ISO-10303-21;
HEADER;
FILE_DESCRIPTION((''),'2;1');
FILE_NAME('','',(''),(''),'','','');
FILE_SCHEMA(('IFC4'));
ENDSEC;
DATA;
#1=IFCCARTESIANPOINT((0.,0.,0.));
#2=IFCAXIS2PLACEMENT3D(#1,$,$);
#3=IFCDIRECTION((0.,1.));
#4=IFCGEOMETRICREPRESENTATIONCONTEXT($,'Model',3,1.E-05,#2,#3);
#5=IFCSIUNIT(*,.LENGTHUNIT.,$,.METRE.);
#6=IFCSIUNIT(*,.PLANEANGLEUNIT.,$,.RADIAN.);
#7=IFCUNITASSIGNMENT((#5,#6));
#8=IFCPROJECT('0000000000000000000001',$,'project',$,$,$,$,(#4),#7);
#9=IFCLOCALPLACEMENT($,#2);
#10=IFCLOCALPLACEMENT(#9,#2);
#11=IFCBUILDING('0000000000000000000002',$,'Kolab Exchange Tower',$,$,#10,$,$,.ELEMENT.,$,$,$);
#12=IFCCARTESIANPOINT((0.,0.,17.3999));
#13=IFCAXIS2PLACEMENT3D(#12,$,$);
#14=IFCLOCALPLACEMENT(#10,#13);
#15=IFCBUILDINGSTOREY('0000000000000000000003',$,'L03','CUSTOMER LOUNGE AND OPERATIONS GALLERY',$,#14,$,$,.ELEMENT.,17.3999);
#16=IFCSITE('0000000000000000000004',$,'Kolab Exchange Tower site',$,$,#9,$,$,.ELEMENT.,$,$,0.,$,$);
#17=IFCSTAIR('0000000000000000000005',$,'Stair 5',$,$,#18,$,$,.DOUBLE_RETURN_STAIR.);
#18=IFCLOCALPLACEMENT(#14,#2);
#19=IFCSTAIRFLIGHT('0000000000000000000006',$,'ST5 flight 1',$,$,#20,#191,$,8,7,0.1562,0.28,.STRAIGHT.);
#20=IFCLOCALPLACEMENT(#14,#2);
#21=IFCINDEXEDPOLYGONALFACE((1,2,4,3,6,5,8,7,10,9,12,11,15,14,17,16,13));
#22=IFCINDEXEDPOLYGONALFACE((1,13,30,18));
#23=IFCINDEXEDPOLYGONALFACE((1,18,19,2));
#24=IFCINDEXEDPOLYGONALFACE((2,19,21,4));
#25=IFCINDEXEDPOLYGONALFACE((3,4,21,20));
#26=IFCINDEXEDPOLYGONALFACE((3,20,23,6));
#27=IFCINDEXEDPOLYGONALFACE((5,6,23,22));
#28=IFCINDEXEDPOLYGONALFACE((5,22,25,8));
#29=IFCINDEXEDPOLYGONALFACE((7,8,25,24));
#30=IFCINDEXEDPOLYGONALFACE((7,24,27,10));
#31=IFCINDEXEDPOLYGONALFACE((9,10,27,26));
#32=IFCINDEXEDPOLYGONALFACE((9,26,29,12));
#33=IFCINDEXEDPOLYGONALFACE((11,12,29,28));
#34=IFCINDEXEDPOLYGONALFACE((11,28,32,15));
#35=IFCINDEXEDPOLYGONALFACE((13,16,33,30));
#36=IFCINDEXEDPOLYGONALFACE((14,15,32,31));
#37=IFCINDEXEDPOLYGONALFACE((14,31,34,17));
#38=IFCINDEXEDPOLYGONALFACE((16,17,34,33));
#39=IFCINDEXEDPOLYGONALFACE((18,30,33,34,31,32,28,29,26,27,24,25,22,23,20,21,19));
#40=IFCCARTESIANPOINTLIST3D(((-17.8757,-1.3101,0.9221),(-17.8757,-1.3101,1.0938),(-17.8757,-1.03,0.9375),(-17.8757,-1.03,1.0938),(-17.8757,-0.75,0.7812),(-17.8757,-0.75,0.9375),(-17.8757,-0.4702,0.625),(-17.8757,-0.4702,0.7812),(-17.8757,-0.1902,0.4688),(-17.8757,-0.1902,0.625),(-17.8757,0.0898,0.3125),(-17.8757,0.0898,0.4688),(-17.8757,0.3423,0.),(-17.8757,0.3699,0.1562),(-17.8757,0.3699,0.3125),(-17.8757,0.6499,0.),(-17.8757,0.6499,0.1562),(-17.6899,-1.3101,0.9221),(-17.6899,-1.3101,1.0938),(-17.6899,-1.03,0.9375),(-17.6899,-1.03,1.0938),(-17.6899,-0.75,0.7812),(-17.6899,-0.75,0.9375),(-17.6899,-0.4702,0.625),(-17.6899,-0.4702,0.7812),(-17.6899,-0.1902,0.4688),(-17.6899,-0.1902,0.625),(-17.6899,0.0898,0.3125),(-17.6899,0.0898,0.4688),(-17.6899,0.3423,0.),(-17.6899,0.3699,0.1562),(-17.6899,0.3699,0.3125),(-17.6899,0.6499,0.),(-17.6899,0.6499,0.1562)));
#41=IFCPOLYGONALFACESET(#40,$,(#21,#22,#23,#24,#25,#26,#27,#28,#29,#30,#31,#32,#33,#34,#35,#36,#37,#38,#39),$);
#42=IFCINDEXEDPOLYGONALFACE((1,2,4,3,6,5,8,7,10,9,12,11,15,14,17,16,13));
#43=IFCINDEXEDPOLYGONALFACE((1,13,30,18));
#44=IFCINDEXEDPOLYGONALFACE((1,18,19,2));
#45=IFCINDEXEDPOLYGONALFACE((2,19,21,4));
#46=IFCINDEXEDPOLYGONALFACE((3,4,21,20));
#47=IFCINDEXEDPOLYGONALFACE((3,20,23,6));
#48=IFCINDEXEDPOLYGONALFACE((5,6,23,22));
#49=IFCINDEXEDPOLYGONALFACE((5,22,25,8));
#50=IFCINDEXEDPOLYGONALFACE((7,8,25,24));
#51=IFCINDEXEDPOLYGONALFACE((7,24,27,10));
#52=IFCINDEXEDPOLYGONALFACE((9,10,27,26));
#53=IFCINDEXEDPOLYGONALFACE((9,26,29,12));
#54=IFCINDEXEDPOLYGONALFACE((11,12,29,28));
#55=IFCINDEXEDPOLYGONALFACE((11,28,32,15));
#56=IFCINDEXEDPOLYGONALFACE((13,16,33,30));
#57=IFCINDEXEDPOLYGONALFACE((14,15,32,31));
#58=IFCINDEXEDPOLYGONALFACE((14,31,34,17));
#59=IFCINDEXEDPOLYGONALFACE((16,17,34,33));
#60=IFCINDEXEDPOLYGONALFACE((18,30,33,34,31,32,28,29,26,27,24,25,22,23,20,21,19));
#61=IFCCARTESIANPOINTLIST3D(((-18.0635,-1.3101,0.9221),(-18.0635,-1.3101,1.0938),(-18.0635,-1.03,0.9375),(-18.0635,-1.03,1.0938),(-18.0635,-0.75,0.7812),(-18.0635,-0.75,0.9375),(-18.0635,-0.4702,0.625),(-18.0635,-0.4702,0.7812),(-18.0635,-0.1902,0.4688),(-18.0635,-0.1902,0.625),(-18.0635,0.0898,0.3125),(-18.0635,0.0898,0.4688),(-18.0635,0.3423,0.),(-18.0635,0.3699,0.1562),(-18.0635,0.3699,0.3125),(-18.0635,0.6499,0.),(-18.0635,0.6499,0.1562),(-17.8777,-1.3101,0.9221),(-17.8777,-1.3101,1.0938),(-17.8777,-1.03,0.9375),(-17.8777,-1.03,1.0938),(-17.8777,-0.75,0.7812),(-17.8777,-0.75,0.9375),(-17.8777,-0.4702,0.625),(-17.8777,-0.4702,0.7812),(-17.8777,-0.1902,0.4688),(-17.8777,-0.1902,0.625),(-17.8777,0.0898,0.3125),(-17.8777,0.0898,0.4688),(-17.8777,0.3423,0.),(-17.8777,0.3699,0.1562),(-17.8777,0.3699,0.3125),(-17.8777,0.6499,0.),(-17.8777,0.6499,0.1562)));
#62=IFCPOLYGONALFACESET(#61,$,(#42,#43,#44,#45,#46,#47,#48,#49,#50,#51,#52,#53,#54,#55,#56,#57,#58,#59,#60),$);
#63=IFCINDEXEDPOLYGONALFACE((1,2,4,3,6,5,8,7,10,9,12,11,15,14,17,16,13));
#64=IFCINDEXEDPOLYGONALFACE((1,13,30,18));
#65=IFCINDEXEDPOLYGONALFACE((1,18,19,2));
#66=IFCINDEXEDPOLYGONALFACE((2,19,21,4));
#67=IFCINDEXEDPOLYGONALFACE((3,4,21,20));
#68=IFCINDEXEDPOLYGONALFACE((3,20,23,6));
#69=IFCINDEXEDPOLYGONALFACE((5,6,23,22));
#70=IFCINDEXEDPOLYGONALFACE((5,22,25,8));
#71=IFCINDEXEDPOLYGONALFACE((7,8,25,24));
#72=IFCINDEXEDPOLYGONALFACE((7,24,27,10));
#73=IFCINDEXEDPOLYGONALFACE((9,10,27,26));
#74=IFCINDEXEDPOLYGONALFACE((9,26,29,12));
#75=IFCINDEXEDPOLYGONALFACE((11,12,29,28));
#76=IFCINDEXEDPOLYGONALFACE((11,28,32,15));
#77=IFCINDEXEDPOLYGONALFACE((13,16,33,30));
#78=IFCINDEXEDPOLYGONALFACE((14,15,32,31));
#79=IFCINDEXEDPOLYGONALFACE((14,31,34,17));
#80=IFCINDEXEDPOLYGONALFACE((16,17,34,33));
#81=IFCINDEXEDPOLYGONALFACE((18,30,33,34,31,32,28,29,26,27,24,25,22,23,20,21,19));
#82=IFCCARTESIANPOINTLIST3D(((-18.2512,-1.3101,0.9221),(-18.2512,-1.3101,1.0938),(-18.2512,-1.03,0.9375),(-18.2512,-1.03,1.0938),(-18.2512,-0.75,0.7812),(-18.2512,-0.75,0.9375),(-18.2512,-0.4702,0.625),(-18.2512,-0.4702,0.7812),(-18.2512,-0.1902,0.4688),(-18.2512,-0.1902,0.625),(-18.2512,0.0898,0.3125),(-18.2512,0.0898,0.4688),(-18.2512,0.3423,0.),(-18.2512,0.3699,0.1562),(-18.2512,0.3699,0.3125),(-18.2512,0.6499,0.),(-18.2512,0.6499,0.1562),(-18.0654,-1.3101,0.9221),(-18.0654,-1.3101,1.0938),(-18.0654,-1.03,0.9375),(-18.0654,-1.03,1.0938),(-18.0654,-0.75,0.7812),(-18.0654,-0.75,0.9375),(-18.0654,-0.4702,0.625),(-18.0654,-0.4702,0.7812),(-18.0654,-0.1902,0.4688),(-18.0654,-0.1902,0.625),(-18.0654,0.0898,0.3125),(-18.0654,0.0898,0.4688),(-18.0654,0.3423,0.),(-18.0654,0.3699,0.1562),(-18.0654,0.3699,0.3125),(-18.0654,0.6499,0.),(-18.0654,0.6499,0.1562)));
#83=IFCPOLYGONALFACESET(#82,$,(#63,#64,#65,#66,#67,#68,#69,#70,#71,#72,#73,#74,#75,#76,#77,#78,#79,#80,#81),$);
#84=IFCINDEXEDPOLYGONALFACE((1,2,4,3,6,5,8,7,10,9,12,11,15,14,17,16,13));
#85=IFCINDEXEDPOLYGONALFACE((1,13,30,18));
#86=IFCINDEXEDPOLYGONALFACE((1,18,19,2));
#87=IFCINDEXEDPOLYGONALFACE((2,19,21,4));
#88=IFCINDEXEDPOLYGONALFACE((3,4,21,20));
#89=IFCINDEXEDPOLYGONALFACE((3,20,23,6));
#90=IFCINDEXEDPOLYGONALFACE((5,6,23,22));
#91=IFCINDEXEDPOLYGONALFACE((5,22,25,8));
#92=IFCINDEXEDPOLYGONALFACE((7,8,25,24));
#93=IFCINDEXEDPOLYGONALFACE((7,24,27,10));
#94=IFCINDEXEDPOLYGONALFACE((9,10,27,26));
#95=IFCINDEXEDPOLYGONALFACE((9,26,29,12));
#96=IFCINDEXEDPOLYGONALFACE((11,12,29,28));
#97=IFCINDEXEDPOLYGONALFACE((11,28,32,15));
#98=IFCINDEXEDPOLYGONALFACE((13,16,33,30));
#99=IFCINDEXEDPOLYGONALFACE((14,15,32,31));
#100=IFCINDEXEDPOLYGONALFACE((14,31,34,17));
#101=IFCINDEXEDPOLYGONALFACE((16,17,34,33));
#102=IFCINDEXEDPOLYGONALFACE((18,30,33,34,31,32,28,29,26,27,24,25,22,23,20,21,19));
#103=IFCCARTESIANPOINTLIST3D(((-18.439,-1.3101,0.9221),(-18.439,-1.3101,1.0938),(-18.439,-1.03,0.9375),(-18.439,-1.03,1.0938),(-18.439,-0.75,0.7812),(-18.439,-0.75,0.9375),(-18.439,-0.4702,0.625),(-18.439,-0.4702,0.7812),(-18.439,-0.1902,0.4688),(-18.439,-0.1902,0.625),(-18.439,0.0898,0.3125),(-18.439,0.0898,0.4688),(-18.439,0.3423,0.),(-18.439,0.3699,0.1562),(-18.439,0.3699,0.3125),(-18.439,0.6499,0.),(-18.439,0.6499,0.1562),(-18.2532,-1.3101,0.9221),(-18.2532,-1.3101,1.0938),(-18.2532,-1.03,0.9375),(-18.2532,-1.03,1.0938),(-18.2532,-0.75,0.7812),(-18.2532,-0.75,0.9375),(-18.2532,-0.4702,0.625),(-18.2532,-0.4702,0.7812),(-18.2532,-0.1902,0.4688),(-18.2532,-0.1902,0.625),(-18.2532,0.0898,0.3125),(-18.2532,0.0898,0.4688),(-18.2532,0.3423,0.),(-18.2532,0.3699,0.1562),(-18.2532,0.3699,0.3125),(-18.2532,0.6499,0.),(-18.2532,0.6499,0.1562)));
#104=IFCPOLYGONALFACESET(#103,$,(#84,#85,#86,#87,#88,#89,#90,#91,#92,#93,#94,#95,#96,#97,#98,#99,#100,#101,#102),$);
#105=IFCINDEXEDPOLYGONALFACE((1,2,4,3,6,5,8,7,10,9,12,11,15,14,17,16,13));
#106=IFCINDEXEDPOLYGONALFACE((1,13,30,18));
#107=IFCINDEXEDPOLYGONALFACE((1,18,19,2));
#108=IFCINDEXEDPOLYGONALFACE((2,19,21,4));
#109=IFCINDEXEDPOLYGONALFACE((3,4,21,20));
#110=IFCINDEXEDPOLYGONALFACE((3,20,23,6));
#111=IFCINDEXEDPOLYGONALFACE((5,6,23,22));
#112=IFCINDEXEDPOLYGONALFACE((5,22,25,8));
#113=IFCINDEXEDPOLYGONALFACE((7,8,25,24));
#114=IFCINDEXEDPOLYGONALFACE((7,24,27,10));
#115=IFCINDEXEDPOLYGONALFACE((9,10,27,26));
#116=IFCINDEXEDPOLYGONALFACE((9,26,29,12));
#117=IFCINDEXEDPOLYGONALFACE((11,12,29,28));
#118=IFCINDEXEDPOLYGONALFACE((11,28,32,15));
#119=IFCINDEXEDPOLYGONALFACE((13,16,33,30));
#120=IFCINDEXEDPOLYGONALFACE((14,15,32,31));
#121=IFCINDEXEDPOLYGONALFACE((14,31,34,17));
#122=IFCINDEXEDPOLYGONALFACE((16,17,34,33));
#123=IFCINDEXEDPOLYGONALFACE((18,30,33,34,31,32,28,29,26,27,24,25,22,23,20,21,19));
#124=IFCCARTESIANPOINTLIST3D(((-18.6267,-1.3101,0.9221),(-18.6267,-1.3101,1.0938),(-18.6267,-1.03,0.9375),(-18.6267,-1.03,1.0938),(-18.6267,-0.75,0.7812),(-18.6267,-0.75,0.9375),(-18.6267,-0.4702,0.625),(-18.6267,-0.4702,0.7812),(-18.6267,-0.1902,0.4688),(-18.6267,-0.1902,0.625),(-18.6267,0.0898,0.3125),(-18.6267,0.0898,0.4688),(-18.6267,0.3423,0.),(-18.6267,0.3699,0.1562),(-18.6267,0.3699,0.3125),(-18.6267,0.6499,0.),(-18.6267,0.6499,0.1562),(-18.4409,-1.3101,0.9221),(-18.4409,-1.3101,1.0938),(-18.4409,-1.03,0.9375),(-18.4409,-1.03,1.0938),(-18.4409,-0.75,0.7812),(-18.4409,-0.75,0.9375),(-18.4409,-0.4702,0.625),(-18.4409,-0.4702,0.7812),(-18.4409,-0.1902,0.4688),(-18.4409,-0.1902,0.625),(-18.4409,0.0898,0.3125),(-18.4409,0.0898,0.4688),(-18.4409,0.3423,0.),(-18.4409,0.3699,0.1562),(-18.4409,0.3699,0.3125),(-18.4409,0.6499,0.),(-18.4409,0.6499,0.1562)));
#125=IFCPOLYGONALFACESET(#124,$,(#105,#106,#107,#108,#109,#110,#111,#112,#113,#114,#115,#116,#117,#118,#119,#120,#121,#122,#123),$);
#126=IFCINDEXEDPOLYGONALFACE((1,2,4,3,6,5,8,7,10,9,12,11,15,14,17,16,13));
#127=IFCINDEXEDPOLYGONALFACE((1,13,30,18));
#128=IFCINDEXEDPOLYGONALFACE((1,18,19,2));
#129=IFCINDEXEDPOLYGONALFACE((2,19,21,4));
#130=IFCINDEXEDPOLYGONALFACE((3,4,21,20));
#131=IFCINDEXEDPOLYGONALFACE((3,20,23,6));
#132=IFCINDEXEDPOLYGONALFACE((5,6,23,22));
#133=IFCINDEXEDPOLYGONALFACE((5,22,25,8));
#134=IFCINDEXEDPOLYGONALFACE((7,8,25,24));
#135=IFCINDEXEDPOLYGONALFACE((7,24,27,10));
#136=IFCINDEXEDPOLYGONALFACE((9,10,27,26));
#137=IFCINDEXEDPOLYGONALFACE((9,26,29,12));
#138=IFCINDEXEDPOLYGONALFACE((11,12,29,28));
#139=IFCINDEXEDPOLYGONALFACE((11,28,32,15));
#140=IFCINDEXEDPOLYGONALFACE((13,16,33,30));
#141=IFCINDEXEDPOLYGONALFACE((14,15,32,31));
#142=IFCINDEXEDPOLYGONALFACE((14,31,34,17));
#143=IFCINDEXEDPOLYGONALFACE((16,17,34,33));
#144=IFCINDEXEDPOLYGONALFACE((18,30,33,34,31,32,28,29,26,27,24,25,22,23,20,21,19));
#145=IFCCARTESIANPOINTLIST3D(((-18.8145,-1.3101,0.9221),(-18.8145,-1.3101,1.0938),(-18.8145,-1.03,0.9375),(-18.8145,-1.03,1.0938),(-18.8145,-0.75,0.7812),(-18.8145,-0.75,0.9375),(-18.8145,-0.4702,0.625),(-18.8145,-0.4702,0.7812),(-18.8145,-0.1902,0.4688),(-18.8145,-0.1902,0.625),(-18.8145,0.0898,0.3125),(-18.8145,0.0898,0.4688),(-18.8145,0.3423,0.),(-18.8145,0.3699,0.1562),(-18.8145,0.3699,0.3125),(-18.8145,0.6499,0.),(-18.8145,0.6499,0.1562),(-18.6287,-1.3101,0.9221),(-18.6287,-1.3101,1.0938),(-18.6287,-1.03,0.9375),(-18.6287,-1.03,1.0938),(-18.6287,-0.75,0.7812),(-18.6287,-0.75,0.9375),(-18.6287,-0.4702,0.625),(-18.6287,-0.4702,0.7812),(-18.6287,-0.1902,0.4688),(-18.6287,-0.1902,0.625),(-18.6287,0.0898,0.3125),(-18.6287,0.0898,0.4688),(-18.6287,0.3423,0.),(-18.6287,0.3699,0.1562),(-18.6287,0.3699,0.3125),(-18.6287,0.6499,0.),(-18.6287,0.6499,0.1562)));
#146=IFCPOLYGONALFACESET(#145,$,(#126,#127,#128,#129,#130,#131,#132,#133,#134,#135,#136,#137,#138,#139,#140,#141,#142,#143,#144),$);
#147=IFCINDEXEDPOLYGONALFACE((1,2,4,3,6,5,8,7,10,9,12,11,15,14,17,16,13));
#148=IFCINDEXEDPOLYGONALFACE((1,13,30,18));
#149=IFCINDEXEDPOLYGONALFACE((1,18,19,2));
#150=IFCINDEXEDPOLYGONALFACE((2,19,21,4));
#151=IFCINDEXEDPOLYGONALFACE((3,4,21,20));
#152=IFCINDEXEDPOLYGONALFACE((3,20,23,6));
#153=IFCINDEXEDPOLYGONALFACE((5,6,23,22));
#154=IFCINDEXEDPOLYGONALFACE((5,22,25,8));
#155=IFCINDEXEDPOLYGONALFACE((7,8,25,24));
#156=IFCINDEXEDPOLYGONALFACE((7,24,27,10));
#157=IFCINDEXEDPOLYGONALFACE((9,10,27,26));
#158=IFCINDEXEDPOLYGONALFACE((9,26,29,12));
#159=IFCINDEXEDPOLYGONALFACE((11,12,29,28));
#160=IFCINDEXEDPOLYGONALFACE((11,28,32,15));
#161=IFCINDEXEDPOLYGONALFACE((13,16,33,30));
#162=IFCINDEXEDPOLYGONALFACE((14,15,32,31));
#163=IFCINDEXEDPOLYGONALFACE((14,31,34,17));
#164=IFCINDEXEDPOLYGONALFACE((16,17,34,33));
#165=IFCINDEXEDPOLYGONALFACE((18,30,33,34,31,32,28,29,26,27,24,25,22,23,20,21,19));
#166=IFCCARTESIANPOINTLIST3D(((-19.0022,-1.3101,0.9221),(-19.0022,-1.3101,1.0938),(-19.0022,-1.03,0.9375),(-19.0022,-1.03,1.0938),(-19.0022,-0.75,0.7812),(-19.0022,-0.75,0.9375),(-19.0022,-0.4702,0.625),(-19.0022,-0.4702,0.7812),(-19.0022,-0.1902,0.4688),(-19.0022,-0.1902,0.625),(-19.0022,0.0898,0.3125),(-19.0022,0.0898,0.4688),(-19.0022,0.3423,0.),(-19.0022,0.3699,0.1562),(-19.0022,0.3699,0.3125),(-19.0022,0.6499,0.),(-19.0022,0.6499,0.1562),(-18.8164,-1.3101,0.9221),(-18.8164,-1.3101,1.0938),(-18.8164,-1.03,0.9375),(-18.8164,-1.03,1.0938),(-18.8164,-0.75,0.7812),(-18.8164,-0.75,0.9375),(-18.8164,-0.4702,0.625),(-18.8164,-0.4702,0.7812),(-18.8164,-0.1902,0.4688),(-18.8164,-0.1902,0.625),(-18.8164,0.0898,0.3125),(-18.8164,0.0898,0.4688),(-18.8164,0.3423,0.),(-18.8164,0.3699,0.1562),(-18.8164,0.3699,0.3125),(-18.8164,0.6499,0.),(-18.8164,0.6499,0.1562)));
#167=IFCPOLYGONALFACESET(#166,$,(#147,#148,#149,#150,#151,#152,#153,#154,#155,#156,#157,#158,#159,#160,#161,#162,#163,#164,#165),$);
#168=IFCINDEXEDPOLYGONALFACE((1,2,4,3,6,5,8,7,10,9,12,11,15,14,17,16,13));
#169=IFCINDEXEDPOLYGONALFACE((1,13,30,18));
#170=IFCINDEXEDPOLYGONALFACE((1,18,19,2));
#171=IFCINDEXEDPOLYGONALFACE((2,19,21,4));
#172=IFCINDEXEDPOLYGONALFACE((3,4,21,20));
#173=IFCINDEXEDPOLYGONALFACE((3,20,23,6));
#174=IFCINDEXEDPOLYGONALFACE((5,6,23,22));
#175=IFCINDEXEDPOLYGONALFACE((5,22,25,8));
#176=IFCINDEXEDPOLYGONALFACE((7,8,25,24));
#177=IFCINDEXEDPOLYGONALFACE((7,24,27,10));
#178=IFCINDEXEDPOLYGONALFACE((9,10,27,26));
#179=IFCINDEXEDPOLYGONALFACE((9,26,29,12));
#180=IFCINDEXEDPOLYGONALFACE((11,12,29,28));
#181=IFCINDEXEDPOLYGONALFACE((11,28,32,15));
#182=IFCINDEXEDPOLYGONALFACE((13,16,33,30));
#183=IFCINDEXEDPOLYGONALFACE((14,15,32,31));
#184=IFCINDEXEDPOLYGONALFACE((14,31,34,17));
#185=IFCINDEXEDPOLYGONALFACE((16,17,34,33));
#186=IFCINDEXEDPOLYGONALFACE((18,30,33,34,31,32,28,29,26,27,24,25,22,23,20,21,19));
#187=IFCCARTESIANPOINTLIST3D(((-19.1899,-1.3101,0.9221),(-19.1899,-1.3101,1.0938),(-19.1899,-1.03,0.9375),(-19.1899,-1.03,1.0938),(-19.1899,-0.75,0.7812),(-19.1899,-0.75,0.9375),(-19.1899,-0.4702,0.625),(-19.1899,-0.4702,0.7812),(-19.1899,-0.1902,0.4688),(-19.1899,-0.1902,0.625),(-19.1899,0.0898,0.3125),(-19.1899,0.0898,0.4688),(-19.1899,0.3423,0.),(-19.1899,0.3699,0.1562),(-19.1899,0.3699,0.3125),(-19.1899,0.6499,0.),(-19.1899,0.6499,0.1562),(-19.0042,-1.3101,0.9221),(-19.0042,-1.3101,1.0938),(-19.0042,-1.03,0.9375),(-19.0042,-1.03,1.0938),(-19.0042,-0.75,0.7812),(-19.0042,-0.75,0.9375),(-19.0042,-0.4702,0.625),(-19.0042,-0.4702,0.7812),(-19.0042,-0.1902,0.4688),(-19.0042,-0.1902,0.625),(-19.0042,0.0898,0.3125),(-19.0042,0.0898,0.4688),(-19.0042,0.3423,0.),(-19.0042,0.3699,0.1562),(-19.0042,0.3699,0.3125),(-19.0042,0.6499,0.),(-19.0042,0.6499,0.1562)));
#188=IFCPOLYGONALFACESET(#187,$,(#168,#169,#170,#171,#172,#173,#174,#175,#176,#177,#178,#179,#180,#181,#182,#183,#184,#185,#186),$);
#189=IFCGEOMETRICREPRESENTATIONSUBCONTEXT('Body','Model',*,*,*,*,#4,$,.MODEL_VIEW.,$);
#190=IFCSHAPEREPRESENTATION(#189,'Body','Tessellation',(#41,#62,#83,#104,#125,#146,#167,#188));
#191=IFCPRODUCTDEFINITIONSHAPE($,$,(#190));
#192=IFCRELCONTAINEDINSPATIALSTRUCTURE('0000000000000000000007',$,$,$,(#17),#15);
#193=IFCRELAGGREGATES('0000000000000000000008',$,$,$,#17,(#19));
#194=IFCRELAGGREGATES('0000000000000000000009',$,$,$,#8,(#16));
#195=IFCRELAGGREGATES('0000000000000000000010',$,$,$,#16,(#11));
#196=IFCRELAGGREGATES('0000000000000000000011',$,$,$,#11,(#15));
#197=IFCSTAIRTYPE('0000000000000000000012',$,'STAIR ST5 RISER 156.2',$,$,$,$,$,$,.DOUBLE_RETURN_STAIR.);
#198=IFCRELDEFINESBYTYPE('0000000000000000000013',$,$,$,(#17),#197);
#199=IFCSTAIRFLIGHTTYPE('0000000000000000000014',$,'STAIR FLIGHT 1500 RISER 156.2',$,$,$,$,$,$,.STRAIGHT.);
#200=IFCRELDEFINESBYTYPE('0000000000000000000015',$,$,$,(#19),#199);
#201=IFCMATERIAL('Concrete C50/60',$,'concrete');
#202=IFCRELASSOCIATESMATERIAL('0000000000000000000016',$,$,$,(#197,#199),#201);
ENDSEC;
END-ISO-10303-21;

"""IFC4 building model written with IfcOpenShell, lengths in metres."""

from ifc_helpers import new_model, si_unit, direction, frame, origin, place, context, subcontext, project, spatial, polyline, outline, extrude, material, type_object, element, aggregate, save


model = new_model("IFC4")

# Units and contexts
model_context = context("Model", 3, precision=1e-05, world=origin(), true_north=direction((0.0, 1.0)))
body_context = subcontext(model_context, "Body", "Model", "MODEL_VIEW")
ifc_project = project(units=[si_unit("LENGTHUNIT", "METRE"), si_unit("PLANEANGLEUNIT", "RADIAN")], contexts=[model_context])

# Site, building, storey
site_placement = place(None, origin())
site = spatial("IfcSite", under=ifc_project, at=site_placement, Name="Kolab Exchange Tower site", CompositionType="ELEMENT", RefElevation=0.0)
building_placement = place(site_placement, origin())
building = spatial("IfcBuilding", under=site, at=building_placement, Name="Kolab Exchange Tower", CompositionType="ELEMENT")
storey_placement = place(building_placement, frame((0.0, 0.0, 17.3999)))
storey = spatial("IfcBuildingStorey", under=building, at=storey_placement, Name="L03", Description="CUSTOMER LOUNGE AND OPERATIONS GALLERY", CompositionType="ELEMENT", Elevation=17.3999)

# Shared definitions
ifc_material_1 = material(Name="Concrete C50/60", Category="concrete")

# Stair, stair flight
stair_type = type_object("IfcStairType", Name="STAIR ST5 RISER 156.2", PredefinedType="DOUBLE_RETURN_STAIR", material=ifc_material_1)
stair_placement = place(storey_placement, origin())
stair = element("IfcStair", 1, at=stair_placement, inside=storey, type_object=stair_type, Name="Stair 5", PredefinedType="DOUBLE_RETURN_STAIR")
stair_flight_type = type_object("IfcStairFlightType", Name="STAIR FLIGHT 1500 RISER 156.2", PredefinedType="STRAIGHT", material=ifc_material_1)
stair_flight_1_placement = place(storey_placement, frame((-18.4399, 0.6499, 0.0), z_axis=(0.0, 0.0, 1.0), x_axis=(0.0, -1.0, 0.0)))
stair_flight_1 = element("IfcStairFlight", 2, at=stair_flight_1_placement, type_object=stair_flight_type, Name="ST5 flight 1", NumberOfRisers=8, NumberOfTreads=7, PredefinedType="STRAIGHT", RiserHeight=0.1562, TreadLength=0.28, context=body_context, shape_type="SweptSolid", body=[
    extrude(outline(polyline([(0.0, 0.0), (0.0, 0.1562), (0.28, 0.1562), (0.28, 0.3125), (0.5601, 0.3125), (0.5601, 0.4688), (0.8401, 0.4688), (0.8401, 0.625), (1.1201, 0.625), (1.1201, 0.7812), (1.3999, 0.7812), (1.3999, 0.9375), (1.6799, 0.9375), (1.6799, 1.0938), (1.96, 1.0938), (1.96, 1.25), (1.96, 0.9221), (0.3076, 0.0), (0.0, 0.0)])), frame((0.0, 0.75, 0.0), z_axis=(0.0, -1.0, 0.0), x_axis=(1.0, 0.0, 0.0)), (0.0, 0.0, 1.0), 0.1858),
    extrude(outline(polyline([(0.0, 0.0), (0.0, 0.1562), (0.28, 0.1562), (0.28, 0.3125), (0.5601, 0.3125), (0.5601, 0.4688), (0.8401, 0.4688), (0.8401, 0.625), (1.1201, 0.625), (1.1201, 0.7812), (1.3999, 0.7812), (1.3999, 0.9375), (1.6799, 0.9375), (1.6799, 1.0938), (1.96, 1.0938), (1.96, 1.25), (1.96, 0.9221), (0.3076, 0.0), (0.0, 0.0)])), frame((0.0, 0.5623, 0.0), z_axis=(0.0, -1.0, 0.0), x_axis=(1.0, 0.0, 0.0)), (0.0, 0.0, 1.0), 0.1858),
    extrude(outline(polyline([(0.0, 0.0), (0.0, 0.1562), (0.28, 0.1562), (0.28, 0.3125), (0.5601, 0.3125), (0.5601, 0.4688), (0.8401, 0.4688), (0.8401, 0.625), (1.1201, 0.625), (1.1201, 0.7812), (1.3999, 0.7812), (1.3999, 0.9375), (1.6799, 0.9375), (1.6799, 1.0938), (1.96, 1.0938), (1.96, 1.25), (1.96, 0.9221), (0.3076, 0.0), (0.0, 0.0)])), frame((0.0, 0.3745, 0.0), z_axis=(0.0, -1.0, 0.0), x_axis=(1.0, 0.0, 0.0)), (0.0, 0.0, 1.0), 0.1858),
    extrude(outline(polyline([(0.0, 0.0), (0.0, 0.1562), (0.28, 0.1562), (0.28, 0.3125), (0.5601, 0.3125), (0.5601, 0.4688), (0.8401, 0.4688), (0.8401, 0.625), (1.1201, 0.625), (1.1201, 0.7812), (1.3999, 0.7812), (1.3999, 0.9375), (1.6799, 0.9375), (1.6799, 1.0938), (1.96, 1.0938), (1.96, 1.25), (1.96, 0.9221), (0.3076, 0.0), (0.0, 0.0)])), frame((0.0, 0.1868, 0.0), z_axis=(0.0, -1.0, 0.0), x_axis=(1.0, 0.0, 0.0)), (0.0, 0.0, 1.0), 0.1858),
    extrude(outline(polyline([(0.0, 0.0), (0.0, 0.1562), (0.28, 0.1562), (0.28, 0.3125), (0.5601, 0.3125), (0.5601, 0.4688), (0.8401, 0.4688), (0.8401, 0.625), (1.1201, 0.625), (1.1201, 0.7812), (1.3999, 0.7812), (1.3999, 0.9375), (1.6799, 0.9375), (1.6799, 1.0938), (1.96, 1.0938), (1.96, 1.25), (1.96, 0.9221), (0.3076, 0.0), (0.0, 0.0)])), frame((0.0, -0.001, 0.0), z_axis=(0.0, -1.0, 0.0), x_axis=(1.0, 0.0, 0.0)), (0.0, 0.0, 1.0), 0.1858),
    extrude(outline(polyline([(0.0, 0.0), (0.0, 0.1562), (0.28, 0.1562), (0.28, 0.3125), (0.5601, 0.3125), (0.5601, 0.4688), (0.8401, 0.4688), (0.8401, 0.625), (1.1201, 0.625), (1.1201, 0.7812), (1.3999, 0.7812), (1.3999, 0.9375), (1.6799, 0.9375), (1.6799, 1.0938), (1.96, 1.0938), (1.96, 1.25), (1.96, 0.9221), (0.3076, 0.0), (0.0, 0.0)])), frame((0.0, -0.1887, 0.0), z_axis=(0.0, -1.0, 0.0), x_axis=(1.0, 0.0, 0.0)), (0.0, 0.0, 1.0), 0.1858),
    extrude(outline(polyline([(0.0, 0.0), (0.0, 0.1562), (0.28, 0.1562), (0.28, 0.3125), (0.5601, 0.3125), (0.5601, 0.4688), (0.8401, 0.4688), (0.8401, 0.625), (1.1201, 0.625), (1.1201, 0.7812), (1.3999, 0.7812), (1.3999, 0.9375), (1.6799, 0.9375), (1.6799, 1.0938), (1.96, 1.0938), (1.96, 1.25), (1.96, 0.9221), (0.3076, 0.0), (0.0, 0.0)])), frame((0.0, -0.3765, 0.0), z_axis=(0.0, -1.0, 0.0), x_axis=(1.0, 0.0, 0.0)), (0.0, 0.0, 1.0), 0.1858),
    extrude(outline(polyline([(0.0, 0.0), (0.0, 0.1562), (0.28, 0.1562), (0.28, 0.3125), (0.5601, 0.3125), (0.5601, 0.4688), (0.8401, 0.4688), (0.8401, 0.625), (1.1201, 0.625), (1.1201, 0.7812), (1.3999, 0.7812), (1.3999, 0.9375), (1.6799, 0.9375), (1.6799, 1.0938), (1.96, 1.0938), (1.96, 1.25), (1.96, 0.9221), (0.3076, 0.0), (0.0, 0.0)])), frame((0.0, -0.5642, 0.0), z_axis=(0.0, -1.0, 0.0), x_axis=(1.0, 0.0, 0.0)), (0.0, 0.0, 1.0), 0.1858),
])
aggregate(stair, [stair_flight_1])

save(model, "model.ifc")
